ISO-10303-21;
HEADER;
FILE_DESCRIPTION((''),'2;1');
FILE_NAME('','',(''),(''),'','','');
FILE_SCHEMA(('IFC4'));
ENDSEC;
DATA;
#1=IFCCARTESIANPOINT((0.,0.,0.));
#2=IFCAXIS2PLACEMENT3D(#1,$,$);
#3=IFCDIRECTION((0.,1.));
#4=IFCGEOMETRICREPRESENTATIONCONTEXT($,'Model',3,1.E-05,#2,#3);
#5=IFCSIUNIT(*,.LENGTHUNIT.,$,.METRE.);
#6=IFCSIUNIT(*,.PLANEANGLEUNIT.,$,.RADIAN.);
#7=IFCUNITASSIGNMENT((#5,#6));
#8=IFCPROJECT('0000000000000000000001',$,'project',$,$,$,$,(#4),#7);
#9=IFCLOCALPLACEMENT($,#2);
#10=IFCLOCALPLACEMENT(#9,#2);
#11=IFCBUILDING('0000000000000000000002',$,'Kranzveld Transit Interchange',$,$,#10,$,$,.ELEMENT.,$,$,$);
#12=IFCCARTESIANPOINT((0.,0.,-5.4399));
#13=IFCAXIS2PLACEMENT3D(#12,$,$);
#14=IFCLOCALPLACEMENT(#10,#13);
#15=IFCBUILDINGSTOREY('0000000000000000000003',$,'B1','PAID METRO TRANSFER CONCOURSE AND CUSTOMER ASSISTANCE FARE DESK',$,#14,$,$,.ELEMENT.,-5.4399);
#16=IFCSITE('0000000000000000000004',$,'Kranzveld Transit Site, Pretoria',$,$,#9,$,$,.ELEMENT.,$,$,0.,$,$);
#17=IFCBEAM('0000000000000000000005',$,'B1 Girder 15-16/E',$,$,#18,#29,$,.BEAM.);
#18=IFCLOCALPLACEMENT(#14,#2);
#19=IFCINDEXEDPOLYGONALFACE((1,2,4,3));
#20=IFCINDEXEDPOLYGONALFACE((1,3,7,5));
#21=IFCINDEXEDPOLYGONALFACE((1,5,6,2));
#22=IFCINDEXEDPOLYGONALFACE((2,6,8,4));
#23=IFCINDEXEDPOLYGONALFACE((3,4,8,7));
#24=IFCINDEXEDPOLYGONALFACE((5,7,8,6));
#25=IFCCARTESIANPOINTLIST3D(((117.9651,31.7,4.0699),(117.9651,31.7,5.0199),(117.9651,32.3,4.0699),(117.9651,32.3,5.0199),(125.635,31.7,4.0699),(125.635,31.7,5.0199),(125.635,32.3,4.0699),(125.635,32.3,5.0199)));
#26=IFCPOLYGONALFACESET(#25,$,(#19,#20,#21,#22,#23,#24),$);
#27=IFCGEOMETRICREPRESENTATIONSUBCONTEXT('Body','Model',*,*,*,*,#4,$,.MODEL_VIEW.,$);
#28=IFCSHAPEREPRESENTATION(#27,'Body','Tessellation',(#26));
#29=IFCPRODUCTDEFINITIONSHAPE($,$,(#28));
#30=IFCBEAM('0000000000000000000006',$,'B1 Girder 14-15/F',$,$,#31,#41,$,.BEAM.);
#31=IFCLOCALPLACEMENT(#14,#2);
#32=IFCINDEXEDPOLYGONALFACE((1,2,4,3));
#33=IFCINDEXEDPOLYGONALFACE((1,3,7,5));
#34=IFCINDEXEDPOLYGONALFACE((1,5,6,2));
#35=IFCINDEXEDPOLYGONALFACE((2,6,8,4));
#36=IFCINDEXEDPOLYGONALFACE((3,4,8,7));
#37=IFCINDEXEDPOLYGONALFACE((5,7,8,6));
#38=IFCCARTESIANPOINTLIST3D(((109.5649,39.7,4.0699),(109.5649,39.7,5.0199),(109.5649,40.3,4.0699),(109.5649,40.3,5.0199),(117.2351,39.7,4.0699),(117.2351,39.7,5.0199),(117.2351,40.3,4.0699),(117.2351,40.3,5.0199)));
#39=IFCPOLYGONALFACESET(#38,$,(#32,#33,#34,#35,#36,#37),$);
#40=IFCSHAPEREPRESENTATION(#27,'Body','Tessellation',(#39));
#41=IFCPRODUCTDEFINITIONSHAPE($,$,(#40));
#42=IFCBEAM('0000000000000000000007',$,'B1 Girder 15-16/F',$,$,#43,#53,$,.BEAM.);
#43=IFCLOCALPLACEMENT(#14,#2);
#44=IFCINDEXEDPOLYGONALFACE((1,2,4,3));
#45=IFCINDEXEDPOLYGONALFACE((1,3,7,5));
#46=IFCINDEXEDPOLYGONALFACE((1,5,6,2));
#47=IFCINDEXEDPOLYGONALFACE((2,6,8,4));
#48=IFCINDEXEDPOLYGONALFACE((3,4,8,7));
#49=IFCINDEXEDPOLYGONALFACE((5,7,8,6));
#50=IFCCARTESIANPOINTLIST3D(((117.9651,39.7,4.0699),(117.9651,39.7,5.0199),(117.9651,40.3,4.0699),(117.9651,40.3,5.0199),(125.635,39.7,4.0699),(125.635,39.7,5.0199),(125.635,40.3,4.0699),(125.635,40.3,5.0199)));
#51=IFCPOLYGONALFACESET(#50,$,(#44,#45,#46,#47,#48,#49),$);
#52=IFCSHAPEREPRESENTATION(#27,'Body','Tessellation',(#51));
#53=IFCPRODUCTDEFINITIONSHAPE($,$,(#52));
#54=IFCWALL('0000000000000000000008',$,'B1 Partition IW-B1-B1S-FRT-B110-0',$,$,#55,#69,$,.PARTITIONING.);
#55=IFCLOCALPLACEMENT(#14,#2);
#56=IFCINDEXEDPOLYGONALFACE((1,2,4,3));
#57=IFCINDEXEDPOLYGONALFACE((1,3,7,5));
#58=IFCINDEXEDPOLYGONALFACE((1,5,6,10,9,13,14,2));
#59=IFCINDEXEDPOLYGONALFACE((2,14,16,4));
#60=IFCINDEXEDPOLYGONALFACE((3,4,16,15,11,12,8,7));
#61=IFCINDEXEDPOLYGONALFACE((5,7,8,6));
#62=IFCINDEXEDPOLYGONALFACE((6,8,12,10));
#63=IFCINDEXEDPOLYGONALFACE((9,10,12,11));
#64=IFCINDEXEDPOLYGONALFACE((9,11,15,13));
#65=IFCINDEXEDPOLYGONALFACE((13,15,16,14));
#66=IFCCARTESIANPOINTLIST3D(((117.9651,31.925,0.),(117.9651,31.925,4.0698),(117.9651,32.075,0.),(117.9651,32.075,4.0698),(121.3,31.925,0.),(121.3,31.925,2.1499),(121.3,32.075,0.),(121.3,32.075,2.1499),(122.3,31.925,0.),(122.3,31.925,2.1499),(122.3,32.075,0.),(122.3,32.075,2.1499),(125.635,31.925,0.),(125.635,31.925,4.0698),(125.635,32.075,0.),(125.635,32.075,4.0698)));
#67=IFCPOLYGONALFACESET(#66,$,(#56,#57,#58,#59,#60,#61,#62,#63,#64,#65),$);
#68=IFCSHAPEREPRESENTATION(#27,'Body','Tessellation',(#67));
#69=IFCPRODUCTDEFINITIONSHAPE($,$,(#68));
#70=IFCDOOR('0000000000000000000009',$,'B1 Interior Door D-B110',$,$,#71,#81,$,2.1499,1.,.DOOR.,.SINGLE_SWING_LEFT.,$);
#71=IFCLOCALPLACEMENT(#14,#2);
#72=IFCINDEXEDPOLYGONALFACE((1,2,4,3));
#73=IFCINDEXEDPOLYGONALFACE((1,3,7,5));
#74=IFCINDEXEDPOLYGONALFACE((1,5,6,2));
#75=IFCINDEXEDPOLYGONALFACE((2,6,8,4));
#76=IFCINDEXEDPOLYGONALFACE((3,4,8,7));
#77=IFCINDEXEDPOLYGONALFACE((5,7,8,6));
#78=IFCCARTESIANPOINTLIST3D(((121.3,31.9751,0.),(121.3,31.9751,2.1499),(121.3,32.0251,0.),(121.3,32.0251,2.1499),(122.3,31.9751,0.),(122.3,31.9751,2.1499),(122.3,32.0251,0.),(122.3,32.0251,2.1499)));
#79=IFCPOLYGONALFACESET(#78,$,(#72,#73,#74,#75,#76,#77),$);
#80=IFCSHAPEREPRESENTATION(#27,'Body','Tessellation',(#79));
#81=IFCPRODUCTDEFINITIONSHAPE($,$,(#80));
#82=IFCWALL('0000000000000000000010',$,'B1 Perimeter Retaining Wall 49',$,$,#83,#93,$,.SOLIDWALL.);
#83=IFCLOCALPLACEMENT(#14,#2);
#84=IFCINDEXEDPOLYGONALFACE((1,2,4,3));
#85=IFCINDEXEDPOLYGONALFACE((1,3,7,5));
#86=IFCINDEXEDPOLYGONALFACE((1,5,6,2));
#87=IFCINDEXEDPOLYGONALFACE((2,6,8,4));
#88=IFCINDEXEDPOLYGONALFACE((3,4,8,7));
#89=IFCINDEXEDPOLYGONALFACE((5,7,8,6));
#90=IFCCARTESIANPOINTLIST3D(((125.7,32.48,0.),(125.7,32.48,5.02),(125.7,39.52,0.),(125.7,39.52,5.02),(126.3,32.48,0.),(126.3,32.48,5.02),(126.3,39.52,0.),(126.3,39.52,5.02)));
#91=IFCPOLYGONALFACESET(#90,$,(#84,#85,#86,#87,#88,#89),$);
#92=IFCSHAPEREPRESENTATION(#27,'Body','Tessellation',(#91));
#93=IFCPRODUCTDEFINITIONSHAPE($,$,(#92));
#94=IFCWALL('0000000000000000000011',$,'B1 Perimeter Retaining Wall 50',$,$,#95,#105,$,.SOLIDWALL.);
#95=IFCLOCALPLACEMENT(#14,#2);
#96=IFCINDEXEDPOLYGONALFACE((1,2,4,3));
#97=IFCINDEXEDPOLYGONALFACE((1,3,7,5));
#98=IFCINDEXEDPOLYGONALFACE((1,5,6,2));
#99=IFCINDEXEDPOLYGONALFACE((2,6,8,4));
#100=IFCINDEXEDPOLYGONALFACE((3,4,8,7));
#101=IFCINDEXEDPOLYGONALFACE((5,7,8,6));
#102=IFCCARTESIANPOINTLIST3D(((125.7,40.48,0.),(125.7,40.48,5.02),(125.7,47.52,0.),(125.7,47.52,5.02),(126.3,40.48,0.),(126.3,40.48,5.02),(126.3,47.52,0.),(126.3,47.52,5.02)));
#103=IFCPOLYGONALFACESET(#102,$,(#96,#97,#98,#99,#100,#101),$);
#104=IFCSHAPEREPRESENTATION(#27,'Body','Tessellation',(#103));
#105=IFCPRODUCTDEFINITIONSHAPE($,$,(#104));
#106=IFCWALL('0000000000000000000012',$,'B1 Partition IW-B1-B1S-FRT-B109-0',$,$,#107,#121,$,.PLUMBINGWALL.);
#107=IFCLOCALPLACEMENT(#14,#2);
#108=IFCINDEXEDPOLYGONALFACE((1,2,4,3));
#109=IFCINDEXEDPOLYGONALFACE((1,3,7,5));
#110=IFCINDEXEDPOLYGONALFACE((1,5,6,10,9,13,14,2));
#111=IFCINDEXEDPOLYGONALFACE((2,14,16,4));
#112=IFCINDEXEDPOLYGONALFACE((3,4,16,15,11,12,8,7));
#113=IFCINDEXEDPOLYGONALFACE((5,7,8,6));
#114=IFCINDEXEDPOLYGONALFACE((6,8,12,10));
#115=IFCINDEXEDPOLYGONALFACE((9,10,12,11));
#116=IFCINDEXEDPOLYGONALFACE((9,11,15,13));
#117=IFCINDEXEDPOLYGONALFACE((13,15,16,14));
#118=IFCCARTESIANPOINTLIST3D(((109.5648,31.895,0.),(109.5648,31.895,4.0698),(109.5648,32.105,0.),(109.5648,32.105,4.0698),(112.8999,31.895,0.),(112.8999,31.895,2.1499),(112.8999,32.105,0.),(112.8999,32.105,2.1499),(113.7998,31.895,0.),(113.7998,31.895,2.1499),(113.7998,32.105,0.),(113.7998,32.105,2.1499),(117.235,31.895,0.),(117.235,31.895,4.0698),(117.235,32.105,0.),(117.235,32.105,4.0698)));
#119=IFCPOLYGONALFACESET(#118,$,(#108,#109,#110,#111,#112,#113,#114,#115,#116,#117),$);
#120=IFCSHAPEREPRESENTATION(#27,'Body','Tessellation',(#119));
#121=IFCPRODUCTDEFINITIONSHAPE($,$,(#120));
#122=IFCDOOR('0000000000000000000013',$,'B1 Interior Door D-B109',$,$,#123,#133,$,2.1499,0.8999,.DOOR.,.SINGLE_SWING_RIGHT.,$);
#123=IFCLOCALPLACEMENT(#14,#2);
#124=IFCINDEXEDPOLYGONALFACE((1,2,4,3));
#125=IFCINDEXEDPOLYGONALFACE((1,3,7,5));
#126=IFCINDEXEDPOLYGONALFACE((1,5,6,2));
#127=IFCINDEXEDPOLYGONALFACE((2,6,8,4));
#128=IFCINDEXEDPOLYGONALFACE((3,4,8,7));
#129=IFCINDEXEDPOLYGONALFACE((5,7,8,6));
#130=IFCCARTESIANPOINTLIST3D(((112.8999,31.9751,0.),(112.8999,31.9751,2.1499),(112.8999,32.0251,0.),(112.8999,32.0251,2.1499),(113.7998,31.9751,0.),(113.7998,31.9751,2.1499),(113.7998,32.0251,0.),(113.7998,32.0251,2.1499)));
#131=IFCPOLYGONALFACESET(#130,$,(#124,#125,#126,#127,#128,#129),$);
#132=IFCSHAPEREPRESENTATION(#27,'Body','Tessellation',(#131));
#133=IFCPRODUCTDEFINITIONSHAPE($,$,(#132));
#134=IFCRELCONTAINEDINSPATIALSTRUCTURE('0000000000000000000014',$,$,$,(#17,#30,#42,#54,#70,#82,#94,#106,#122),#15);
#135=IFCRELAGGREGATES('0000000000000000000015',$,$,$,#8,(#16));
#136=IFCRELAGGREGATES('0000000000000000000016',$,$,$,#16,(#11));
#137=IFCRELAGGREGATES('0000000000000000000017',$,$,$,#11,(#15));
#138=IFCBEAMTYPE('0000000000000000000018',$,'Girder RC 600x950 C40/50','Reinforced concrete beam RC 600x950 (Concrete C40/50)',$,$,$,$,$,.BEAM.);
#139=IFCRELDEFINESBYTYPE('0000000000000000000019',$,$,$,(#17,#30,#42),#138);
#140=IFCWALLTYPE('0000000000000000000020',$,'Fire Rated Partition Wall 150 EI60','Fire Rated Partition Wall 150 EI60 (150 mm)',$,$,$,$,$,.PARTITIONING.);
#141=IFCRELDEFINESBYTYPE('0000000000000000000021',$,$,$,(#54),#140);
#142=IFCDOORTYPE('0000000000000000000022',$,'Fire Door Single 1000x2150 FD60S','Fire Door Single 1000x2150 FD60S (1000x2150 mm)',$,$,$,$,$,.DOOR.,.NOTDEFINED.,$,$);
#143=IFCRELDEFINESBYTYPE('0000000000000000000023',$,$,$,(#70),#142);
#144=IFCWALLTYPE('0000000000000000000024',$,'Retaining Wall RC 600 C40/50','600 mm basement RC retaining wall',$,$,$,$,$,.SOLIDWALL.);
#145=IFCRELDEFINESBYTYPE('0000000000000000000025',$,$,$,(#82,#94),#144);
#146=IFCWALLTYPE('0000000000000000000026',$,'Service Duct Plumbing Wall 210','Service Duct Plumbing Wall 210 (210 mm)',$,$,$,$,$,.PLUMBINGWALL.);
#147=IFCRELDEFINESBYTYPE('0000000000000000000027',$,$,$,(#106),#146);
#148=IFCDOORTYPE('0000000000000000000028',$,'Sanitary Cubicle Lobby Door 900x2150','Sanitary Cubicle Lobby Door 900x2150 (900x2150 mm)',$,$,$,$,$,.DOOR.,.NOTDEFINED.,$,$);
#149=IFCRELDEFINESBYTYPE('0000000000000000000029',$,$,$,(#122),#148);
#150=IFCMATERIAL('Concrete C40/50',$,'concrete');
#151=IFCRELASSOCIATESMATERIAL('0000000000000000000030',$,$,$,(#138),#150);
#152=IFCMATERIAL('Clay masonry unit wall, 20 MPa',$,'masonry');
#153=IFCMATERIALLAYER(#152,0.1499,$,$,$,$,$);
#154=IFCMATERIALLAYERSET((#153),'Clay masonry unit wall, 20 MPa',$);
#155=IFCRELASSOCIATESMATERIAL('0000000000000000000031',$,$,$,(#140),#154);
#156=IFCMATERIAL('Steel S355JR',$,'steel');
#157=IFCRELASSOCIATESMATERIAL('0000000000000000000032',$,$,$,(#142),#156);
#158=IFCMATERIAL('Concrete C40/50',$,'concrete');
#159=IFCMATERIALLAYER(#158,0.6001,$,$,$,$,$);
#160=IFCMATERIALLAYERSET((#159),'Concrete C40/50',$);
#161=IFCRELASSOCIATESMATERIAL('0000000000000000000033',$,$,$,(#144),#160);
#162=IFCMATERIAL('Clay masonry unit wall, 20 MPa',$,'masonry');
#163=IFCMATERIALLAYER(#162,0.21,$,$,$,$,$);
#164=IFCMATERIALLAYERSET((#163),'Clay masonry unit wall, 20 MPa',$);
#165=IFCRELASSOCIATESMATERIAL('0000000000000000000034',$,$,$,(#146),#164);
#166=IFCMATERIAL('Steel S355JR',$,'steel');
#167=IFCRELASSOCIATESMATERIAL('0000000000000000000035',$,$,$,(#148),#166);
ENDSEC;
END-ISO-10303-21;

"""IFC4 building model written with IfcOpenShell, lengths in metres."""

from ifc_helpers import new_model, si_unit, direction, frame, frame_2d, origin, origin_2d, place, context, subcontext, project, spatial, rectangle, extrude, material, layer, layer_set, material_profile, profile_set, type_object, element, fill, save


model = new_model("IFC4")

# Units and contexts
model_context = context("Model", 3, precision=1e-05, world=origin(), true_north=direction((0.0, 1.0)))
body_context = subcontext(model_context, "Body", "Model", "MODEL_VIEW")
ifc_project = project(units=[si_unit("LENGTHUNIT", "METRE"), si_unit("PLANEANGLEUNIT", "RADIAN")], contexts=[model_context])

# Site, building, storey
site_placement = place(None, origin())
site = spatial("IfcSite", under=ifc_project, at=site_placement, Name="Kranzveld Transit Site, Pretoria", CompositionType="ELEMENT", RefElevation=0.0)
building_placement = place(site_placement, origin())
building = spatial("IfcBuilding", under=site, at=building_placement, Name="Kranzveld Transit Interchange", CompositionType="ELEMENT")
storey_placement = place(building_placement, frame((0.0, 0.0, -5.4399)))
storey = spatial("IfcBuildingStorey", under=building, at=storey_placement, Name="B1", Description="PAID METRO TRANSFER CONCOURSE AND CUSTOMER ASSISTANCE FARE DESK", CompositionType="ELEMENT", Elevation=-5.4399)

# Beams
ifc_material_1 = material(Name="Concrete C40/50", Category="concrete")
ifc_material_profile_1 = material_profile(ifc_material_1, rectangle(XDim=0.6001, YDim=0.95, at=origin_2d()), Name="RC 600x950")
ifc_profile_set_1 = profile_set([ifc_material_profile_1], Name="Concrete C40/50")
beam_type_1 = type_object("IfcBeamType", Name="Girder RC 600x950 C40/50", Description="Reinforced concrete beam RC 600x950 (Concrete C40/50)", PredefinedType="BEAM", material=ifc_profile_set_1)
beam_1_placement = place(storey_placement, frame((117.9651, 32.0, 4.5449), z_axis=(1.0, 0.0, 0.0), x_axis=(0.0, 1.0, 0.0)))
element("IfcBeam", 1, at=beam_1_placement, inside=storey, type_object=beam_type_1, Name="B1 Girder 15-16/E", PredefinedType="BEAM", context=body_context, shape_type="SweptSolid", body=[
    extrude(rectangle(XDim=0.6001, YDim=0.95, at=origin_2d()), origin(), (0.0, 0.0, 1.0), 7.6699),
])
beam_2_placement = place(storey_placement, frame((109.5649, 40.0, 4.5449), z_axis=(1.0, 0.0, 0.0), x_axis=(0.0, 1.0, 0.0)))
element("IfcBeam", 2, at=beam_2_placement, inside=storey, type_object=beam_type_1, Name="B1 Girder 14-15/F", PredefinedType="BEAM", context=body_context, shape_type="SweptSolid", body=[
    extrude(rectangle(XDim=0.6001, YDim=0.95, at=origin_2d()), origin(), (0.0, 0.0, 1.0), 7.6702),
])
beam_3_placement = place(storey_placement, frame((117.9651, 40.0, 4.5449), z_axis=(1.0, 0.0, 0.0), x_axis=(0.0, 1.0, 0.0)))
element("IfcBeam", 3, at=beam_3_placement, inside=storey, type_object=beam_type_1, Name="B1 Girder 15-16/F", PredefinedType="BEAM", context=body_context, shape_type="SweptSolid", body=[
    extrude(rectangle(XDim=0.6001, YDim=0.95, at=origin_2d()), origin(), (0.0, 0.0, 1.0), 7.6699),
])

# Wall, opening, door
ifc_material_2 = material(Name="Clay masonry unit wall, 20 MPa", Category="masonry")
ifc_layer_1 = layer(ifc_material_2, 0.1499)
ifc_layer_set_1 = layer_set([ifc_layer_1], Name="Clay masonry unit wall, 20 MPa")
wall_type_1 = type_object("IfcWallType", Name="Fire Rated Partition Wall 150 EI60", Description="Fire Rated Partition Wall 150 EI60 (150 mm)", PredefinedType="PARTITIONING", material=ifc_layer_set_1)
wall_1_placement = place(storey_placement, frame((117.9651, 32.0, 0.0), z_axis=(0.0, 0.0, 1.0), x_axis=(1.0, 0.0, 0.0)))
wall_1 = element("IfcWall", 4, at=wall_1_placement, inside=storey, type_object=wall_type_1, Name="B1 Partition IW-B1-B1S-FRT-B110-0", PredefinedType="PARTITIONING", context=body_context, shape_type="SweptSolid", body=[
    extrude(rectangle(XDim=7.6699, YDim=0.1499, at=frame_2d((3.835, 0.0))), origin(), (0.0, 0.0, 1.0), 4.0698),
])
opening_1_placement = place(wall_1_placement, frame((4.335, 0.0, 0.0), z_axis=(0.0, 0.0, 1.0), x_axis=(-1.0, 0.0, 0.0)))
opening_1 = element("IfcOpeningElement", 5, at=opening_1_placement, cuts=wall_1, PredefinedType="OPENING", context=body_context, shape_type="SweptSolid", body=[
    extrude(rectangle(XDim=1.0, YDim=2.1499, at=frame_2d((0.5, 1.075))), frame((0.0, 0.085, 0.0), z_axis=(0.0, -1.0, 0.0), x_axis=(1.0, 0.0, 0.0)), (0.0, 0.0, 1.0), 0.1699),
])
ifc_material_3 = material(Name="Steel S355JR", Category="steel")
door_type_1 = type_object("IfcDoorType", Name="Fire Door Single 1000x2150 FD60S", Description="Fire Door Single 1000x2150 FD60S (1000x2150 mm)", OperationType="NOTDEFINED", PredefinedType="DOOR", material=ifc_material_3)
door_1_placement = place(opening_1_placement, origin())
door_1 = element("IfcDoor", 6, at=door_1_placement, inside=storey, type_object=door_type_1, Name="B1 Interior Door D-B110", OperationType="SINGLE_SWING_LEFT", OverallHeight=2.1499, OverallWidth=1.0, PredefinedType="DOOR", context=body_context, shape_type="SweptSolid", body=[
    extrude(rectangle(XDim=1.0, YDim=2.1499, at=frame_2d((0.5, 1.075))), frame((0.0, 0.0249, 0.0), z_axis=(0.0, -1.0, 0.0), x_axis=(1.0, 0.0, 0.0)), (0.0, 0.0, 1.0), 0.05),
])
fill(opening_1, door_1)

# Walls
ifc_material_4 = material(Name="Concrete C40/50", Category="concrete")
ifc_layer_2 = layer(ifc_material_4, 0.6001)
ifc_layer_set_2 = layer_set([ifc_layer_2], Name="Concrete C40/50")
wall_type_2 = type_object("IfcWallType", Name="Retaining Wall RC 600 C40/50", Description="600 mm basement RC retaining wall", PredefinedType="SOLIDWALL", material=ifc_layer_set_2)
for number, where, z_axis, x_axis, name in (
    (7, (126.0, 32.48, 0.0), (0.0, 0.0, 1.0), (0.0, 1.0, 0.0), "B1 Perimeter Retaining Wall 49"),
    (8, (126.0, 40.48, 0.0), (0.0, 0.0, 1.0), (0.0, 1.0, 0.0), "B1 Perimeter Retaining Wall 50"),
):
    element("IfcWall", number, at=place(storey_placement, frame(where, z_axis=z_axis, x_axis=x_axis)), inside=storey, type_object=wall_type_2, Name=name, PredefinedType="SOLIDWALL", context=body_context, shape_type="SweptSolid", body=[
        extrude(rectangle(XDim=7.04, YDim=0.6001, at=frame_2d((3.52, 0.0))), origin(), (0.0, 0.0, 1.0), 5.02),
    ])

# Wall, opening, door
ifc_material_5 = material(Name="Clay masonry unit wall, 20 MPa", Category="masonry")
ifc_layer_3 = layer(ifc_material_5, 0.21)
ifc_layer_set_3 = layer_set([ifc_layer_3], Name="Clay masonry unit wall, 20 MPa")
wall_type_3 = type_object("IfcWallType", Name="Service Duct Plumbing Wall 210", Description="Service Duct Plumbing Wall 210 (210 mm)", PredefinedType="PLUMBINGWALL", material=ifc_layer_set_3)
wall_2_placement = place(storey_placement, frame((109.5649, 32.0, 0.0), z_axis=(0.0, 0.0, 1.0), x_axis=(1.0, 0.0, 0.0)))
wall_2 = element("IfcWall", 9, at=wall_2_placement, inside=storey, type_object=wall_type_3, Name="B1 Partition IW-B1-B1S-FRT-B109-0", PredefinedType="PLUMBINGWALL", context=body_context, shape_type="SweptSolid", body=[
    extrude(rectangle(XDim=7.6702, YDim=0.21, at=frame_2d((3.835, 0.0))), origin(), (0.0, 0.0, 1.0), 4.0698),
])
opening_2_placement = place(wall_2_placement, frame((4.2349, 0.0, 0.0), z_axis=(0.0, 0.0, 1.0), x_axis=(-1.0, 0.0, 0.0)))
opening_2 = element("IfcOpeningElement", 10, at=opening_2_placement, cuts=wall_2, PredefinedType="OPENING", context=body_context, shape_type="SweptSolid", body=[
    extrude(rectangle(XDim=0.8999, YDim=2.1499, at=frame_2d((0.45, 1.075))), frame((0.0, 0.115, 0.0), z_axis=(0.0, -1.0, 0.0), x_axis=(1.0, 0.0, 0.0)), (0.0, 0.0, 1.0), 0.23),
])
ifc_material_6 = material(Name="Steel S355JR", Category="steel")
door_type_2 = type_object("IfcDoorType", Name="Sanitary Cubicle Lobby Door 900x2150", Description="Sanitary Cubicle Lobby Door 900x2150 (900x2150 mm)", OperationType="NOTDEFINED", PredefinedType="DOOR", material=ifc_material_6)
door_2_placement = place(opening_2_placement, origin())
door_2 = element("IfcDoor", 11, at=door_2_placement, inside=storey, type_object=door_type_2, Name="B1 Interior Door D-B109", OperationType="SINGLE_SWING_RIGHT", OverallHeight=2.1499, OverallWidth=0.8999, PredefinedType="DOOR", context=body_context, shape_type="SweptSolid", body=[
    extrude(rectangle(XDim=0.8999, YDim=2.1499, at=frame_2d((0.45, 1.075))), frame((0.0, 0.0249, 0.0), z_axis=(0.0, -1.0, 0.0), x_axis=(1.0, 0.0, 0.0)), (0.0, 0.0, 1.0), 0.05),
])
fill(opening_2, door_2)

save(model, "model.ifc")
